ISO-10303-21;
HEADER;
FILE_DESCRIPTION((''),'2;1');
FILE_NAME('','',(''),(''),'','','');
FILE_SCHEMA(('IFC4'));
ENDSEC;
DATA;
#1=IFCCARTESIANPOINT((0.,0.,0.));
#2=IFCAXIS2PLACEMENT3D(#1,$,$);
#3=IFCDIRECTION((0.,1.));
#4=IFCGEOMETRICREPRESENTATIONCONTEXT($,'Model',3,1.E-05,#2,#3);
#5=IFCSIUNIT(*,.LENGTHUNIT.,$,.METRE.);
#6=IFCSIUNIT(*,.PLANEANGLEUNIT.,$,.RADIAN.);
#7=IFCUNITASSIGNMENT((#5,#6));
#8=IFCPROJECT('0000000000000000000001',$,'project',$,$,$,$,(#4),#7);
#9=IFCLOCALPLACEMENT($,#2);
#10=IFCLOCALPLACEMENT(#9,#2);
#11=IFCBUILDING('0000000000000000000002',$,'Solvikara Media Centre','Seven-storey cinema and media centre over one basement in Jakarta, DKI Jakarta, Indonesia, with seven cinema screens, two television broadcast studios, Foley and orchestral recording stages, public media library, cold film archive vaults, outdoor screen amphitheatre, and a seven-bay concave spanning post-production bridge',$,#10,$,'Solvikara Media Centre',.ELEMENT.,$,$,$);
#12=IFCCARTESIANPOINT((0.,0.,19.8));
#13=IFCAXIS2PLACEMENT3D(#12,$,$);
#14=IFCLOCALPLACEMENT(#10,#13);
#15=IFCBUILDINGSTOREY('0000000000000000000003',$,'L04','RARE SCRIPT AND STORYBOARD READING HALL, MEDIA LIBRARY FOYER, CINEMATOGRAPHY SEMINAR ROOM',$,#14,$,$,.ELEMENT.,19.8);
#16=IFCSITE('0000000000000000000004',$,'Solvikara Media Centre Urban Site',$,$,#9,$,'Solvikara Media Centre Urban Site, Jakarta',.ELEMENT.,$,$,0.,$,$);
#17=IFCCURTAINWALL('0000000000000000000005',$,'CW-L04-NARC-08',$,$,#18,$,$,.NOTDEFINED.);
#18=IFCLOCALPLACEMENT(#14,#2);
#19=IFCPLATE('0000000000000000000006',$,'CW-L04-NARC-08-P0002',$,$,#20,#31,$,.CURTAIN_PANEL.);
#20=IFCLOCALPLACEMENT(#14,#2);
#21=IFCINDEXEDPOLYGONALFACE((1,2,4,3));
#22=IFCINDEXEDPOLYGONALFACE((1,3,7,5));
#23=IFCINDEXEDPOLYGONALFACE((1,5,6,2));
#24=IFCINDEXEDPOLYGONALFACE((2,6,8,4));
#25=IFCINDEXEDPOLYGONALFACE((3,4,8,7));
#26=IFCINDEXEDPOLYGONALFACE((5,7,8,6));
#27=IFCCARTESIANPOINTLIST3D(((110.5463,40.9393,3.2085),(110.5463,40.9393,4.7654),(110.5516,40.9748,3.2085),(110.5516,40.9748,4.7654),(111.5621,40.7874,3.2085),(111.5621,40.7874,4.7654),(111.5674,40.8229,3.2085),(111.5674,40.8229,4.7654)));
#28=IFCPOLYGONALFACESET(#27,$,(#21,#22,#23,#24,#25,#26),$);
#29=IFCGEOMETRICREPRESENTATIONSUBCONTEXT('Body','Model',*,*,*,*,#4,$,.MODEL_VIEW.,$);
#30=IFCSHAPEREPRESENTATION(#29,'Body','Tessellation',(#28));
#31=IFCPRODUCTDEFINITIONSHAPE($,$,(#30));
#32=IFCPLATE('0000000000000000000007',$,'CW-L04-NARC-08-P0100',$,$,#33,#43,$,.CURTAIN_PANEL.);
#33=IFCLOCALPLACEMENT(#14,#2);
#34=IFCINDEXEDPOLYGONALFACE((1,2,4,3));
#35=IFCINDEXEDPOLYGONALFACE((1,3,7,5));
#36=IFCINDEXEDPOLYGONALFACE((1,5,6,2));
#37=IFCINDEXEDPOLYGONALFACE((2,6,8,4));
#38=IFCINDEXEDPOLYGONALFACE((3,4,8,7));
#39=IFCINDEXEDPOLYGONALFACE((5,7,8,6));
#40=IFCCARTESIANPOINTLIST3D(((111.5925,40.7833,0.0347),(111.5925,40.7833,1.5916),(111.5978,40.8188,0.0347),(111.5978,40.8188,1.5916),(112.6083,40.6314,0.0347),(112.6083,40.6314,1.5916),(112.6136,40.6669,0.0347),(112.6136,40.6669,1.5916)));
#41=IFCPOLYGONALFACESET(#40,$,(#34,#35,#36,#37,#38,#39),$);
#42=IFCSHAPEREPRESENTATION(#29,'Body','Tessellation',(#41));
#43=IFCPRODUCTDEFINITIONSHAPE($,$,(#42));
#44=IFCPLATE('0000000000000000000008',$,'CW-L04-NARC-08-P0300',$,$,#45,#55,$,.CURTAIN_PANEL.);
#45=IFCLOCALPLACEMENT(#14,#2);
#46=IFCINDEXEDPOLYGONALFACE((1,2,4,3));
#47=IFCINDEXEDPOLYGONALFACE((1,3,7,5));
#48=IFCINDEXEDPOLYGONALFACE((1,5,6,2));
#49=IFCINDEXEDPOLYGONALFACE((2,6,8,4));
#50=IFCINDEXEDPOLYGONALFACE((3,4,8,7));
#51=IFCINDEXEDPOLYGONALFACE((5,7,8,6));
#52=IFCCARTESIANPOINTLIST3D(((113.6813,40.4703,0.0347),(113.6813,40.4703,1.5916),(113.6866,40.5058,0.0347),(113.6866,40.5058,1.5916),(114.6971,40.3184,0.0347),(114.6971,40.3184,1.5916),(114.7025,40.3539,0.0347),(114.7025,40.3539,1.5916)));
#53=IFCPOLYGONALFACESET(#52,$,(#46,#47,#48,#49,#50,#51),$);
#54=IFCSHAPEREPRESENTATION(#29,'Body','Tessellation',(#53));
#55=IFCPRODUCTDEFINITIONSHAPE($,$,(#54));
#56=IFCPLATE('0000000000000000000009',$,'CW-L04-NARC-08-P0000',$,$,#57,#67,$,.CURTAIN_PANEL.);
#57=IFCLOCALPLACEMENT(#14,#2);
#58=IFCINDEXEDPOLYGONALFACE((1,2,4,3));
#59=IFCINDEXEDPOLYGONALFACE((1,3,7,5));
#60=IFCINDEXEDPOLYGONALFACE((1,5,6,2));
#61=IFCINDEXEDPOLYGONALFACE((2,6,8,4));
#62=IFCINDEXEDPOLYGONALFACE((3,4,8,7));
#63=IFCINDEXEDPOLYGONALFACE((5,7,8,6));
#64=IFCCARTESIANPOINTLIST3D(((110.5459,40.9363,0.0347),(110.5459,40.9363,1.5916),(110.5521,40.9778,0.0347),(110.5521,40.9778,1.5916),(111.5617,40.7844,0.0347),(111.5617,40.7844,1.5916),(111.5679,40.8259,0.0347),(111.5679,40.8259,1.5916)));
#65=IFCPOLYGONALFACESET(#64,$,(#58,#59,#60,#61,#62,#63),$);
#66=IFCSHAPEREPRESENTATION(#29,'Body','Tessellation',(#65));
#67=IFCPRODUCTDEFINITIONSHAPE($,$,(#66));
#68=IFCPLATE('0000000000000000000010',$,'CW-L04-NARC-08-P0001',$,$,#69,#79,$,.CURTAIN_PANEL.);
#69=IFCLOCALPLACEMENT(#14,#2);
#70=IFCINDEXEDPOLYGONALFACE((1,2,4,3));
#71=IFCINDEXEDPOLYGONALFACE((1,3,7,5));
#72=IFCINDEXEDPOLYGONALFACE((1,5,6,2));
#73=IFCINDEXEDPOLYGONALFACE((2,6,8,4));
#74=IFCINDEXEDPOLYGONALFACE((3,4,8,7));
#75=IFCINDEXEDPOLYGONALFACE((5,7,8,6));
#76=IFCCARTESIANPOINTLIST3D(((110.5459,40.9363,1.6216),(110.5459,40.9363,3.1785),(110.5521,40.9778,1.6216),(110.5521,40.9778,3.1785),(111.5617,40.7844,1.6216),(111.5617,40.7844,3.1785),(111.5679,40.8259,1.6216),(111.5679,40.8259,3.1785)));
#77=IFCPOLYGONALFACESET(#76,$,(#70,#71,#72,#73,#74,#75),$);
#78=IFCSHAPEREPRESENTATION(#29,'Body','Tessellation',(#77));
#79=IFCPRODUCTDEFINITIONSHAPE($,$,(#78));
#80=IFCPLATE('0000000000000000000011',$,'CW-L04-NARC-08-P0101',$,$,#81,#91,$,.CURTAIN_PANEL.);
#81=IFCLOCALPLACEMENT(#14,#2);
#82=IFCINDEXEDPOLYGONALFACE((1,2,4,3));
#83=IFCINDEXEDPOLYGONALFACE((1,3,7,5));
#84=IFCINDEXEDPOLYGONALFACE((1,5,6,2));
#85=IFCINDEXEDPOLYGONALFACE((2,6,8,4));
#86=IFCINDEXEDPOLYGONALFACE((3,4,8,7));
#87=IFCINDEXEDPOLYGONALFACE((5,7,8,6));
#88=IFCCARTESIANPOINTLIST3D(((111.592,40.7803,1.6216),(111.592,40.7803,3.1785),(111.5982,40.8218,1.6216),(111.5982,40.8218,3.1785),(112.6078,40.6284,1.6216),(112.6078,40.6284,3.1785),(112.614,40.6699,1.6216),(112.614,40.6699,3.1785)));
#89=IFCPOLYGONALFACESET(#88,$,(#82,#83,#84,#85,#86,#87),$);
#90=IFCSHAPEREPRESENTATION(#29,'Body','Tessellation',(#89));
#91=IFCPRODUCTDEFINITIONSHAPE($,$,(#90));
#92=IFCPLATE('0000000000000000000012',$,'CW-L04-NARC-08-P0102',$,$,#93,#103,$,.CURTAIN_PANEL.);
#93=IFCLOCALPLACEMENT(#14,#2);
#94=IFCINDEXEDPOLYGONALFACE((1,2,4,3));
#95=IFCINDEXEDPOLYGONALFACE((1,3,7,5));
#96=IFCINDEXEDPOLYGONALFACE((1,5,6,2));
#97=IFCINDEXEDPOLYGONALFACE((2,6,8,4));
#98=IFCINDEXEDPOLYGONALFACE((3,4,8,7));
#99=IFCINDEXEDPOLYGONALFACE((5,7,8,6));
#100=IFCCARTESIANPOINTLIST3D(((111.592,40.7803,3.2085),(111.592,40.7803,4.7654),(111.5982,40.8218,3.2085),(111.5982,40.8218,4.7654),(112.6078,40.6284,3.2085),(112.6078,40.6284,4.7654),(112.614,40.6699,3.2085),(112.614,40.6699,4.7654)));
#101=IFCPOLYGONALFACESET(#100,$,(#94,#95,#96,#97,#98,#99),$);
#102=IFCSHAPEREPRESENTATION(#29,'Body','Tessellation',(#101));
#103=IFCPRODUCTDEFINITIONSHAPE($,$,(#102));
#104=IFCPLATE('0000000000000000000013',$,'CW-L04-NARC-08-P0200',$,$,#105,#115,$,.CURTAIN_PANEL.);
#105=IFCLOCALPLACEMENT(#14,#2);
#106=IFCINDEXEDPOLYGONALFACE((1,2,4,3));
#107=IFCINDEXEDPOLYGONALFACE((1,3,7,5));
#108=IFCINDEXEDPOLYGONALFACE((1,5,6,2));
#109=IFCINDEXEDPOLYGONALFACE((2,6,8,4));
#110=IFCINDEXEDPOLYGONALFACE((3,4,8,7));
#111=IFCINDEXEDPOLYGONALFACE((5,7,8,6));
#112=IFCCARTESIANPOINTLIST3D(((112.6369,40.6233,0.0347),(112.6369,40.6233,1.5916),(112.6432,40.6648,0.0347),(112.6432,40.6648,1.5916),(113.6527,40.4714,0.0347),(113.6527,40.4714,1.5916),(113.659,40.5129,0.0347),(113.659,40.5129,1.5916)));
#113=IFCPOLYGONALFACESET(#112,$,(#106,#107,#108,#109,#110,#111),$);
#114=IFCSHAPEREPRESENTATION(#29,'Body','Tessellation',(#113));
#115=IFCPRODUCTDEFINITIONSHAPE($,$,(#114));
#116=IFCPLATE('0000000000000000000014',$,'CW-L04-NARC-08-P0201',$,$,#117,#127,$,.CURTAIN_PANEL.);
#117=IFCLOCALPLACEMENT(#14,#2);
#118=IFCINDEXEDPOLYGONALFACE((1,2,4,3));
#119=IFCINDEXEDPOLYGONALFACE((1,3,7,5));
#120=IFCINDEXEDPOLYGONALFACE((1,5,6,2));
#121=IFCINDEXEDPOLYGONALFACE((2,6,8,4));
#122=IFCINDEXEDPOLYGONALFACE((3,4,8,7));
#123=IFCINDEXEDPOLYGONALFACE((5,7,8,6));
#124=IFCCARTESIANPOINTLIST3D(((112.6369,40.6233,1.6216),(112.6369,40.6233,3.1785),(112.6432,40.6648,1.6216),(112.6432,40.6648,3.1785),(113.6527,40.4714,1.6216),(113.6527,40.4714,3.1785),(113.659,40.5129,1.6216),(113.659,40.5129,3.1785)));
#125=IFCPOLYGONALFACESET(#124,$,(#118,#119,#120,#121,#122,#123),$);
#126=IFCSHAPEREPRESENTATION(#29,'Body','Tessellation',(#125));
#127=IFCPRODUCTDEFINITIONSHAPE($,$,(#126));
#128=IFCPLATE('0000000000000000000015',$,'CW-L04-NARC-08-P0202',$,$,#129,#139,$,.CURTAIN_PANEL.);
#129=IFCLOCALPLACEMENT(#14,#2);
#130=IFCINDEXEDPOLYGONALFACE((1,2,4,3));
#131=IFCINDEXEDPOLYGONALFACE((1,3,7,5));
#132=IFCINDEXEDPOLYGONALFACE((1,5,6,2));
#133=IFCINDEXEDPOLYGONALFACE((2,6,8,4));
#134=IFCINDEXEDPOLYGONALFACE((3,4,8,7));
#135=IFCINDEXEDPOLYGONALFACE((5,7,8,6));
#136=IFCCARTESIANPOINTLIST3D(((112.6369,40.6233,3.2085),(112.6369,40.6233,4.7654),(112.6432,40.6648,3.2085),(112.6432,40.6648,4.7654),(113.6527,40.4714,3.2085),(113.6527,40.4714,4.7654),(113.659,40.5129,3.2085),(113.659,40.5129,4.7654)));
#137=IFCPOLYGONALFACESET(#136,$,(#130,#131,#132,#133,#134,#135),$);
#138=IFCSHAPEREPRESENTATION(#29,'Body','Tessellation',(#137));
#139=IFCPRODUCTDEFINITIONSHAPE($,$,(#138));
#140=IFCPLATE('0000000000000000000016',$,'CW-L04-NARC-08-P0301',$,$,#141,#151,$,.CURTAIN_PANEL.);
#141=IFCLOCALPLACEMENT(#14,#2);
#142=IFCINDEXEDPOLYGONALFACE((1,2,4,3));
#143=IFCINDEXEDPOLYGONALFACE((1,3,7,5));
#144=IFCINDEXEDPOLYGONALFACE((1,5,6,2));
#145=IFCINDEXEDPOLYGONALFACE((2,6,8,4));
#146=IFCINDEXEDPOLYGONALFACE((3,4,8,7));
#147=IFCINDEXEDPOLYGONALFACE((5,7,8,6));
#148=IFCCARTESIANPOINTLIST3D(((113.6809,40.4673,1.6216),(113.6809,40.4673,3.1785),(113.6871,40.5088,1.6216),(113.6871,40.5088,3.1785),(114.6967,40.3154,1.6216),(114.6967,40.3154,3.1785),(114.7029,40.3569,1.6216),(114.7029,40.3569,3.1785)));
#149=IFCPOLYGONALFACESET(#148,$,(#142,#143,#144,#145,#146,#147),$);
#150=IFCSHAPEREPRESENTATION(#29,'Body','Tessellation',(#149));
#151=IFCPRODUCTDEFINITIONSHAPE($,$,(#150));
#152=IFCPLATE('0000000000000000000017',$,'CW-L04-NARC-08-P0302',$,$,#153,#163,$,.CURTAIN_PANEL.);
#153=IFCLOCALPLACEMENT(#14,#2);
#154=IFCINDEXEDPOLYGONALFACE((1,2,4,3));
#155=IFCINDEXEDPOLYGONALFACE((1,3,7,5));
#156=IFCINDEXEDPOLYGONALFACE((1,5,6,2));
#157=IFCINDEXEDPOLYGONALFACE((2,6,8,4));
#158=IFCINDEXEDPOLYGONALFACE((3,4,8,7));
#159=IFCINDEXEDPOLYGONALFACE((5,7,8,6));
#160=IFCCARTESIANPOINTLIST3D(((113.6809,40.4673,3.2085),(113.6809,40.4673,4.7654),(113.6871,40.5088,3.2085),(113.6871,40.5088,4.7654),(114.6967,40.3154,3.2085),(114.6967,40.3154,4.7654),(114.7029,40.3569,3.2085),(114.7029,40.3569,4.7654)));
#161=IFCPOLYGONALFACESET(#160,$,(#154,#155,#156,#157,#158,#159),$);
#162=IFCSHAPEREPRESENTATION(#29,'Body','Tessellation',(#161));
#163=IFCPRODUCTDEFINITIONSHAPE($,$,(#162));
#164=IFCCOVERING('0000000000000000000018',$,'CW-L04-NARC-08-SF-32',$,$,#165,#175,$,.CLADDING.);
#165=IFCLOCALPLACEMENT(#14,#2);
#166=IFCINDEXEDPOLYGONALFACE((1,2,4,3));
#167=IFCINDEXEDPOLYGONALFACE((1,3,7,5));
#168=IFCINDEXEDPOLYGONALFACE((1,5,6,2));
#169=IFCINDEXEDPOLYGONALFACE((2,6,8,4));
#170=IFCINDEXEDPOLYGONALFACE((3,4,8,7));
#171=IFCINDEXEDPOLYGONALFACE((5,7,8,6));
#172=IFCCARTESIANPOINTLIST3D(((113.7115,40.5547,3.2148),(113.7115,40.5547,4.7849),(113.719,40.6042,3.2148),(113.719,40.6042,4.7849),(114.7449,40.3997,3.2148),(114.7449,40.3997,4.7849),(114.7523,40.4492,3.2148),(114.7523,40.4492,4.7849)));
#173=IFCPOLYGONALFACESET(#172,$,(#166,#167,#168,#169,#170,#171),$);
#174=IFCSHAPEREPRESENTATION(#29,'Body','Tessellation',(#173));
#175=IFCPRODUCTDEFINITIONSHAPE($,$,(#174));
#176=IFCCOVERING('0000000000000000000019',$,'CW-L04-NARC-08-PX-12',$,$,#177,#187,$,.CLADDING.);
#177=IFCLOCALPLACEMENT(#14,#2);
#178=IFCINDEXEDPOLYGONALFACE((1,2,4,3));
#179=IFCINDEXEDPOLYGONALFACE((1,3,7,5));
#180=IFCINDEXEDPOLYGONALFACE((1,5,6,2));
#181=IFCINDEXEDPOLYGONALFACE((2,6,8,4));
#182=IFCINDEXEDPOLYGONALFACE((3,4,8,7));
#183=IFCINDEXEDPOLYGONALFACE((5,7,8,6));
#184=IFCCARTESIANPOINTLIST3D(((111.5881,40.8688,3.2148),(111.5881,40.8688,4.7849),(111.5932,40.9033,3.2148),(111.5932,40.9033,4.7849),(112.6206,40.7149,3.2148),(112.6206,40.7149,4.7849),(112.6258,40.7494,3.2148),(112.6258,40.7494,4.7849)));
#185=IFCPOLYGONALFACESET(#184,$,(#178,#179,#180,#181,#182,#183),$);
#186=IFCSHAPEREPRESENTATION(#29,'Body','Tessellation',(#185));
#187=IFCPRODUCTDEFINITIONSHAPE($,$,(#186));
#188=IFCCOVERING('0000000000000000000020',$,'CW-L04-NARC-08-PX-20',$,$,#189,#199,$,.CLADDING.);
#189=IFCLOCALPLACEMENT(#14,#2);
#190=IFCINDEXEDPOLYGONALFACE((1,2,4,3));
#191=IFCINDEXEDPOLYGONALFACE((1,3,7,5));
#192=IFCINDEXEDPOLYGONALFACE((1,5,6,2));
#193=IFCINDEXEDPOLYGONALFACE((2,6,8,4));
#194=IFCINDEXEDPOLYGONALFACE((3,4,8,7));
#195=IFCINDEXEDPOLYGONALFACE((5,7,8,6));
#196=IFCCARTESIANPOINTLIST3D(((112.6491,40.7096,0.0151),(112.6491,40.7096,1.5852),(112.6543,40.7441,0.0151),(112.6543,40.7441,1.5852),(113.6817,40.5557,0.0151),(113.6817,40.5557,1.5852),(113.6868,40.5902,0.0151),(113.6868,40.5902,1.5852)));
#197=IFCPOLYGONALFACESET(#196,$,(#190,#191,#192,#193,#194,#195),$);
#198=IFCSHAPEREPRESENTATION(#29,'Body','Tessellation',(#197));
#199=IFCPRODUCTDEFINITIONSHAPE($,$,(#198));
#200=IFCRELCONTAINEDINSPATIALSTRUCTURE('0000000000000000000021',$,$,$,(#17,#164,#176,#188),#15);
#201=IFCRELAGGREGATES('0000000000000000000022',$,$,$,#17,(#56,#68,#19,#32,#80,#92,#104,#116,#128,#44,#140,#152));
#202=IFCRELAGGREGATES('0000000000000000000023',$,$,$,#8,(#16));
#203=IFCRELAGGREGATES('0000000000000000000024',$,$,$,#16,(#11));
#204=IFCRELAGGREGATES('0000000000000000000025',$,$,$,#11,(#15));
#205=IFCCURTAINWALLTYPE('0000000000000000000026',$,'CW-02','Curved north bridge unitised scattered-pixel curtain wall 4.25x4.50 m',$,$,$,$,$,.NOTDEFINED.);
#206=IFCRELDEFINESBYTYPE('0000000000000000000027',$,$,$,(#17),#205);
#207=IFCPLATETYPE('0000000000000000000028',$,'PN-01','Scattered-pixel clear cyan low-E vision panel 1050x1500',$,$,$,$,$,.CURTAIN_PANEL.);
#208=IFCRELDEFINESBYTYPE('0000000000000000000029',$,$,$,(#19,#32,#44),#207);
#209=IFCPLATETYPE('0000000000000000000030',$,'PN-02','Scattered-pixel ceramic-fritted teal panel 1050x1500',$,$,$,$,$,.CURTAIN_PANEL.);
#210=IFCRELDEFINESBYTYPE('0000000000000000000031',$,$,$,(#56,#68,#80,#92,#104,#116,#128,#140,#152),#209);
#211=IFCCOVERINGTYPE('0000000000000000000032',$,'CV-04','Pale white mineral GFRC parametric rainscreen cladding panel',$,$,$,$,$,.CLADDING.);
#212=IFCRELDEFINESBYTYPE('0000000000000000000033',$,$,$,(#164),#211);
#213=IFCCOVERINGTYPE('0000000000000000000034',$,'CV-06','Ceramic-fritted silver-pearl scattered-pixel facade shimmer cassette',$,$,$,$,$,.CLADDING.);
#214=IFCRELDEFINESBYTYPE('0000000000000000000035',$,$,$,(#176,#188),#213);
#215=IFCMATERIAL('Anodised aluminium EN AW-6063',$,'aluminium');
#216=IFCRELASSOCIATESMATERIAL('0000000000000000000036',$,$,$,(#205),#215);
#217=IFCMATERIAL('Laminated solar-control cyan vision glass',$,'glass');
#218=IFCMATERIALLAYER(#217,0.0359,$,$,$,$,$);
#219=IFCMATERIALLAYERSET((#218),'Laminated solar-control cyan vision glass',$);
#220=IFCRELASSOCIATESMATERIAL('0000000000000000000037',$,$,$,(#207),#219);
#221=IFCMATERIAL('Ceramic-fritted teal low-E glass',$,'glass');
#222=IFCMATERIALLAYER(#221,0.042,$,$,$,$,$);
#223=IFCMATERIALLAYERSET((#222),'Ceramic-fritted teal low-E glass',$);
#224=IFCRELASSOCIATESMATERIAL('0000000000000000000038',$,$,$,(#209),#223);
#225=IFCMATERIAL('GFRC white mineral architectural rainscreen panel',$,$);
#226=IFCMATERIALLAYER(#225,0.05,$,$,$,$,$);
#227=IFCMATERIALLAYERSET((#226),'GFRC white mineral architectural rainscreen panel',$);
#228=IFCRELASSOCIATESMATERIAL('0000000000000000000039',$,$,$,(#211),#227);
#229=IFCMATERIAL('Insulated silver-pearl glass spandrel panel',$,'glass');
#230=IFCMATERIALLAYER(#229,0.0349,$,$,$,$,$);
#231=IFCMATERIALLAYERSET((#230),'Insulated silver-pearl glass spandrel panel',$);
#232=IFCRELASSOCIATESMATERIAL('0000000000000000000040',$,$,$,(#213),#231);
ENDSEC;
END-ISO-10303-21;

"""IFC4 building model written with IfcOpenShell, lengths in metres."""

from ifc_helpers import new_model, si_unit, direction, frame, origin, origin_2d, place, context, subcontext, project, spatial, rectangle, extrude, material, layer, layer_set, type_object, element, aggregate, save


model = new_model("IFC4")

# Units and contexts
model_context = context("Model", 3, precision=1e-05, world=origin(), true_north=direction((0.0, 1.0)))
body_context = subcontext(model_context, "Body", "Model", "MODEL_VIEW")
ifc_project = project(units=[si_unit("LENGTHUNIT", "METRE"), si_unit("PLANEANGLEUNIT", "RADIAN")], contexts=[model_context])

# Site, building, storey
site_placement = place(None, origin())
site = spatial("IfcSite", under=ifc_project, at=site_placement, Name="Solvikara Media Centre Urban Site", LongName="Solvikara Media Centre Urban Site, Jakarta", CompositionType="ELEMENT", RefElevation=0.0)
building_placement = place(site_placement, origin())
building = spatial("IfcBuilding", under=site, at=building_placement, Name="Solvikara Media Centre", Description="Seven-storey cinema and media centre over one basement in Jakarta, DKI Jakarta, Indonesia, with seven cinema screens, two television broadcast studios, Foley and orchestral recording stages, public media library, cold film archive vaults, outdoor screen amphitheatre, and a seven-bay concave spanning post-production bridge", LongName="Solvikara Media Centre", CompositionType="ELEMENT")
storey_placement = place(building_placement, frame((0.0, 0.0, 19.8)))
storey = spatial("IfcBuildingStorey", under=building, at=storey_placement, Name="L04", Description="RARE SCRIPT AND STORYBOARD READING HALL, MEDIA LIBRARY FOYER, CINEMATOGRAPHY SEMINAR ROOM", CompositionType="ELEMENT", Elevation=19.8)

# Curtain wall, plates
ifc_material_1 = material(Name="Anodised aluminium EN AW-6063", Category="aluminium")
curtain_wall_type = type_object("IfcCurtainWallType", Name="CW-02", Description="Curved north bridge unitised scattered-pixel curtain wall 4.25x4.50 m", PredefinedType="NOTDEFINED", material=ifc_material_1)
curtain_wall_placement = place(storey_placement, origin())
curtain_wall = element("IfcCurtainWall", 1, at=curtain_wall_placement, inside=storey, type_object=curtain_wall_type, Name="CW-L04-NARC-08", PredefinedType="NOTDEFINED")
ifc_material_2 = material(Name="Laminated solar-control cyan vision glass", Category="glass")
ifc_layer_1 = layer(ifc_material_2, 0.0359)
ifc_layer_set_1 = layer_set([ifc_layer_1], Name="Laminated solar-control cyan vision glass")
plate_type_1 = type_object("IfcPlateType", Name="PN-01", Description="Scattered-pixel clear cyan low-E vision panel 1050x1500", PredefinedType="CURTAIN_PANEL", material=ifc_layer_set_1)
plate_1_placement = place(storey_placement, frame((111.0569, 40.8811, 3.2085), z_axis=(0.0, 0.0, 1.0), x_axis=(0.989006, -0.147878, 0.0)))
plate_1 = element("IfcPlate", 2, at=plate_1_placement, type_object=plate_type_1, Name="CW-L04-NARC-08-P0002", PredefinedType="CURTAIN_PANEL", context=body_context, shape_type="SweptSolid", body=[
    extrude(rectangle(XDim=1.0271, YDim=0.0359, at=origin_2d()), origin(), (0.0, 0.0, 1.0), 1.5569),
])
plate_2_placement = place(storey_placement, frame((112.103, 40.7251, 0.0347), z_axis=(0.0, 0.0, 1.0), x_axis=(0.989006, -0.147878, 0.0)))
plate_2 = element("IfcPlate", 3, at=plate_2_placement, type_object=plate_type_1, Name="CW-L04-NARC-08-P0100", PredefinedType="CURTAIN_PANEL", context=body_context, shape_type="SweptSolid", body=[
    extrude(rectangle(XDim=1.0271, YDim=0.0359, at=origin_2d()), origin(), (0.0, 0.0, 1.0), 1.5569),
])
plate_3_placement = place(storey_placement, frame((114.1919, 40.4121, 0.0347), z_axis=(0.0, 0.0, 1.0), x_axis=(0.989006, -0.147878, 0.0)))
plate_3 = element("IfcPlate", 4, at=plate_3_placement, type_object=plate_type_1, Name="CW-L04-NARC-08-P0300", PredefinedType="CURTAIN_PANEL", context=body_context, shape_type="SweptSolid", body=[
    extrude(rectangle(XDim=1.0271, YDim=0.0359, at=origin_2d()), origin(), (0.0, 0.0, 1.0), 1.5569),
])
ifc_material_3 = material(Name="Ceramic-fritted teal low-E glass", Category="glass")
ifc_layer_2 = layer(ifc_material_3, 0.042)
ifc_layer_set_2 = layer_set([ifc_layer_2], Name="Ceramic-fritted teal low-E glass")
plate_type_2 = type_object("IfcPlateType", Name="PN-02", Description="Scattered-pixel ceramic-fritted teal panel 1050x1500", PredefinedType="CURTAIN_PANEL", material=ifc_layer_set_2)
plate_4_placement = place(storey_placement, frame((111.0569, 40.8811, 0.0347), z_axis=(0.0, 0.0, 1.0), x_axis=(0.989006, -0.147878, 0.0)))
plate_4 = element("IfcPlate", 5, at=plate_4_placement, type_object=plate_type_2, Name="CW-L04-NARC-08-P0000", PredefinedType="CURTAIN_PANEL", context=body_context, shape_type="SweptSolid", body=[
    extrude(rectangle(XDim=1.0271, YDim=0.042, at=origin_2d()), origin(), (0.0, 0.0, 1.0), 1.5569),
])
plate_5_placement = place(storey_placement, frame((111.0569, 40.8811, 1.6216), z_axis=(0.0, 0.0, 1.0), x_axis=(0.989006, -0.147878, 0.0)))
plate_5 = element("IfcPlate", 6, at=plate_5_placement, type_object=plate_type_2, Name="CW-L04-NARC-08-P0001", PredefinedType="CURTAIN_PANEL", context=body_context, shape_type="SweptSolid", body=[
    extrude(rectangle(XDim=1.0271, YDim=0.042, at=origin_2d()), origin(), (0.0, 0.0, 1.0), 1.5569),
])
plate_6_placement = place(storey_placement, frame((112.103, 40.7251, 1.6216), z_axis=(0.0, 0.0, 1.0), x_axis=(0.989006, -0.147878, 0.0)))
plate_6 = element("IfcPlate", 7, at=plate_6_placement, type_object=plate_type_2, Name="CW-L04-NARC-08-P0101", PredefinedType="CURTAIN_PANEL", context=body_context, shape_type="SweptSolid", body=[
    extrude(rectangle(XDim=1.0271, YDim=0.042, at=origin_2d()), origin(), (0.0, 0.0, 1.0), 1.5569),
])
plate_7_placement = place(storey_placement, frame((112.103, 40.7251, 3.2085), z_axis=(0.0, 0.0, 1.0), x_axis=(0.989006, -0.147878, 0.0)))
plate_7 = element("IfcPlate", 8, at=plate_7_placement, type_object=plate_type_2, Name="CW-L04-NARC-08-P0102", PredefinedType="CURTAIN_PANEL", context=body_context, shape_type="SweptSolid", body=[
    extrude(rectangle(XDim=1.0271, YDim=0.042, at=origin_2d()), origin(), (0.0, 0.0, 1.0), 1.5569),
])
plate_8_placement = place(storey_placement, frame((113.1479, 40.5681, 0.0347), z_axis=(0.0, 0.0, 1.0), x_axis=(0.989006, -0.147878, 0.0)))
plate_8 = element("IfcPlate", 9, at=plate_8_placement, type_object=plate_type_2, Name="CW-L04-NARC-08-P0200", PredefinedType="CURTAIN_PANEL", context=body_context, shape_type="SweptSolid", body=[
    extrude(rectangle(XDim=1.0271, YDim=0.042, at=origin_2d()), origin(), (0.0, 0.0, 1.0), 1.5569),
])
plate_9_placement = place(storey_placement, frame((113.1479, 40.5681, 1.6216), z_axis=(0.0, 0.0, 1.0), x_axis=(0.989006, -0.147878, 0.0)))
plate_9 = element("IfcPlate", 10, at=plate_9_placement, type_object=plate_type_2, Name="CW-L04-NARC-08-P0201", PredefinedType="CURTAIN_PANEL", context=body_context, shape_type="SweptSolid", body=[
    extrude(rectangle(XDim=1.0271, YDim=0.042, at=origin_2d()), origin(), (0.0, 0.0, 1.0), 1.5569),
])
plate_10_placement = place(storey_placement, frame((113.1479, 40.5681, 3.2085), z_axis=(0.0, 0.0, 1.0), x_axis=(0.989006, -0.147878, 0.0)))
plate_10 = element("IfcPlate", 11, at=plate_10_placement, type_object=plate_type_2, Name="CW-L04-NARC-08-P0202", PredefinedType="CURTAIN_PANEL", context=body_context, shape_type="SweptSolid", body=[
    extrude(rectangle(XDim=1.0271, YDim=0.042, at=origin_2d()), origin(), (0.0, 0.0, 1.0), 1.5569),
])
plate_11_placement = place(storey_placement, frame((114.1919, 40.4121, 1.6216), z_axis=(0.0, 0.0, 1.0), x_axis=(0.989006, -0.147878, 0.0)))
plate_11 = element("IfcPlate", 12, at=plate_11_placement, type_object=plate_type_2, Name="CW-L04-NARC-08-P0301", PredefinedType="CURTAIN_PANEL", context=body_context, shape_type="SweptSolid", body=[
    extrude(rectangle(XDim=1.0271, YDim=0.042, at=origin_2d()), origin(), (0.0, 0.0, 1.0), 1.5569),
])
plate_12_placement = place(storey_placement, frame((114.1919, 40.4121, 3.2085), z_axis=(0.0, 0.0, 1.0), x_axis=(0.989006, -0.147878, 0.0)))
plate_12 = element("IfcPlate", 13, at=plate_12_placement, type_object=plate_type_2, Name="CW-L04-NARC-08-P0302", PredefinedType="CURTAIN_PANEL", context=body_context, shape_type="SweptSolid", body=[
    extrude(rectangle(XDim=1.0271, YDim=0.042, at=origin_2d()), origin(), (0.0, 0.0, 1.0), 1.5569),
])
aggregate(curtain_wall, [plate_4, plate_5, plate_1, plate_2, plate_6, plate_7, plate_8, plate_9, plate_10, plate_3, plate_11, plate_12])

# Coverings
ifc_material_4 = material(Name="GFRC white mineral architectural rainscreen panel")
ifc_layer_3 = layer(ifc_material_4, 0.05)
ifc_layer_set_3 = layer_set([ifc_layer_3], Name="GFRC white mineral architectural rainscreen panel")
covering_type_1 = type_object("IfcCoveringType", Name="CV-04", Description="Pale white mineral GFRC parametric rainscreen cladding panel", PredefinedType="CLADDING", material=ifc_layer_set_3)
covering_placement = place(storey_placement, frame((114.2319, 40.502, 3.2148), z_axis=(0.0, 0.0, 1.0), x_axis=(0.988931, -0.148379, 0.0)))
element("IfcCovering", 14, at=covering_placement, inside=storey, type_object=covering_type_1, Name="CW-L04-NARC-08-SF-32", PredefinedType="CLADDING", context=body_context, shape_type="SweptSolid", body=[
    extrude(rectangle(XDim=1.0449, YDim=0.05, at=origin_2d()), origin(), (0.0, 0.0, 1.0), 1.5701),
])
ifc_material_5 = material(Name="Insulated silver-pearl glass spandrel panel", Category="glass")
ifc_layer_4 = layer(ifc_material_5, 0.0349)
ifc_layer_set_4 = layer_set([ifc_layer_4], Name="Insulated silver-pearl glass spandrel panel")
covering_type_2 = type_object("IfcCoveringType", Name="CV-06", Description="Ceramic-fritted silver-pearl scattered-pixel facade shimmer cassette", PredefinedType="CLADDING", material=ifc_layer_set_4)
for number, where, z_axis, x_axis, name in (
    (15, (112.1069, 40.8091, 3.2148), (0.0, 0.0, 1.0), (0.98907, -0.147447, 0.0), "CW-L04-NARC-08-PX-12"),
    (16, (113.168, 40.6499, 0.0151), (0.0, 0.0, 1.0), (0.98907, -0.147447, 0.0), "CW-L04-NARC-08-PX-20"),
):
    element("IfcCovering", number, at=place(storey_placement, frame(where, z_axis=z_axis, x_axis=x_axis)), inside=storey, type_object=covering_type_2, Name=name, PredefinedType="CLADDING", context=body_context, shape_type="SweptSolid", body=[
        extrude(rectangle(XDim=1.0439, YDim=0.0349, at=origin_2d()), origin(), (0.0, 0.0, 1.0), 1.5701),
    ])

save(model, "model.ifc")
